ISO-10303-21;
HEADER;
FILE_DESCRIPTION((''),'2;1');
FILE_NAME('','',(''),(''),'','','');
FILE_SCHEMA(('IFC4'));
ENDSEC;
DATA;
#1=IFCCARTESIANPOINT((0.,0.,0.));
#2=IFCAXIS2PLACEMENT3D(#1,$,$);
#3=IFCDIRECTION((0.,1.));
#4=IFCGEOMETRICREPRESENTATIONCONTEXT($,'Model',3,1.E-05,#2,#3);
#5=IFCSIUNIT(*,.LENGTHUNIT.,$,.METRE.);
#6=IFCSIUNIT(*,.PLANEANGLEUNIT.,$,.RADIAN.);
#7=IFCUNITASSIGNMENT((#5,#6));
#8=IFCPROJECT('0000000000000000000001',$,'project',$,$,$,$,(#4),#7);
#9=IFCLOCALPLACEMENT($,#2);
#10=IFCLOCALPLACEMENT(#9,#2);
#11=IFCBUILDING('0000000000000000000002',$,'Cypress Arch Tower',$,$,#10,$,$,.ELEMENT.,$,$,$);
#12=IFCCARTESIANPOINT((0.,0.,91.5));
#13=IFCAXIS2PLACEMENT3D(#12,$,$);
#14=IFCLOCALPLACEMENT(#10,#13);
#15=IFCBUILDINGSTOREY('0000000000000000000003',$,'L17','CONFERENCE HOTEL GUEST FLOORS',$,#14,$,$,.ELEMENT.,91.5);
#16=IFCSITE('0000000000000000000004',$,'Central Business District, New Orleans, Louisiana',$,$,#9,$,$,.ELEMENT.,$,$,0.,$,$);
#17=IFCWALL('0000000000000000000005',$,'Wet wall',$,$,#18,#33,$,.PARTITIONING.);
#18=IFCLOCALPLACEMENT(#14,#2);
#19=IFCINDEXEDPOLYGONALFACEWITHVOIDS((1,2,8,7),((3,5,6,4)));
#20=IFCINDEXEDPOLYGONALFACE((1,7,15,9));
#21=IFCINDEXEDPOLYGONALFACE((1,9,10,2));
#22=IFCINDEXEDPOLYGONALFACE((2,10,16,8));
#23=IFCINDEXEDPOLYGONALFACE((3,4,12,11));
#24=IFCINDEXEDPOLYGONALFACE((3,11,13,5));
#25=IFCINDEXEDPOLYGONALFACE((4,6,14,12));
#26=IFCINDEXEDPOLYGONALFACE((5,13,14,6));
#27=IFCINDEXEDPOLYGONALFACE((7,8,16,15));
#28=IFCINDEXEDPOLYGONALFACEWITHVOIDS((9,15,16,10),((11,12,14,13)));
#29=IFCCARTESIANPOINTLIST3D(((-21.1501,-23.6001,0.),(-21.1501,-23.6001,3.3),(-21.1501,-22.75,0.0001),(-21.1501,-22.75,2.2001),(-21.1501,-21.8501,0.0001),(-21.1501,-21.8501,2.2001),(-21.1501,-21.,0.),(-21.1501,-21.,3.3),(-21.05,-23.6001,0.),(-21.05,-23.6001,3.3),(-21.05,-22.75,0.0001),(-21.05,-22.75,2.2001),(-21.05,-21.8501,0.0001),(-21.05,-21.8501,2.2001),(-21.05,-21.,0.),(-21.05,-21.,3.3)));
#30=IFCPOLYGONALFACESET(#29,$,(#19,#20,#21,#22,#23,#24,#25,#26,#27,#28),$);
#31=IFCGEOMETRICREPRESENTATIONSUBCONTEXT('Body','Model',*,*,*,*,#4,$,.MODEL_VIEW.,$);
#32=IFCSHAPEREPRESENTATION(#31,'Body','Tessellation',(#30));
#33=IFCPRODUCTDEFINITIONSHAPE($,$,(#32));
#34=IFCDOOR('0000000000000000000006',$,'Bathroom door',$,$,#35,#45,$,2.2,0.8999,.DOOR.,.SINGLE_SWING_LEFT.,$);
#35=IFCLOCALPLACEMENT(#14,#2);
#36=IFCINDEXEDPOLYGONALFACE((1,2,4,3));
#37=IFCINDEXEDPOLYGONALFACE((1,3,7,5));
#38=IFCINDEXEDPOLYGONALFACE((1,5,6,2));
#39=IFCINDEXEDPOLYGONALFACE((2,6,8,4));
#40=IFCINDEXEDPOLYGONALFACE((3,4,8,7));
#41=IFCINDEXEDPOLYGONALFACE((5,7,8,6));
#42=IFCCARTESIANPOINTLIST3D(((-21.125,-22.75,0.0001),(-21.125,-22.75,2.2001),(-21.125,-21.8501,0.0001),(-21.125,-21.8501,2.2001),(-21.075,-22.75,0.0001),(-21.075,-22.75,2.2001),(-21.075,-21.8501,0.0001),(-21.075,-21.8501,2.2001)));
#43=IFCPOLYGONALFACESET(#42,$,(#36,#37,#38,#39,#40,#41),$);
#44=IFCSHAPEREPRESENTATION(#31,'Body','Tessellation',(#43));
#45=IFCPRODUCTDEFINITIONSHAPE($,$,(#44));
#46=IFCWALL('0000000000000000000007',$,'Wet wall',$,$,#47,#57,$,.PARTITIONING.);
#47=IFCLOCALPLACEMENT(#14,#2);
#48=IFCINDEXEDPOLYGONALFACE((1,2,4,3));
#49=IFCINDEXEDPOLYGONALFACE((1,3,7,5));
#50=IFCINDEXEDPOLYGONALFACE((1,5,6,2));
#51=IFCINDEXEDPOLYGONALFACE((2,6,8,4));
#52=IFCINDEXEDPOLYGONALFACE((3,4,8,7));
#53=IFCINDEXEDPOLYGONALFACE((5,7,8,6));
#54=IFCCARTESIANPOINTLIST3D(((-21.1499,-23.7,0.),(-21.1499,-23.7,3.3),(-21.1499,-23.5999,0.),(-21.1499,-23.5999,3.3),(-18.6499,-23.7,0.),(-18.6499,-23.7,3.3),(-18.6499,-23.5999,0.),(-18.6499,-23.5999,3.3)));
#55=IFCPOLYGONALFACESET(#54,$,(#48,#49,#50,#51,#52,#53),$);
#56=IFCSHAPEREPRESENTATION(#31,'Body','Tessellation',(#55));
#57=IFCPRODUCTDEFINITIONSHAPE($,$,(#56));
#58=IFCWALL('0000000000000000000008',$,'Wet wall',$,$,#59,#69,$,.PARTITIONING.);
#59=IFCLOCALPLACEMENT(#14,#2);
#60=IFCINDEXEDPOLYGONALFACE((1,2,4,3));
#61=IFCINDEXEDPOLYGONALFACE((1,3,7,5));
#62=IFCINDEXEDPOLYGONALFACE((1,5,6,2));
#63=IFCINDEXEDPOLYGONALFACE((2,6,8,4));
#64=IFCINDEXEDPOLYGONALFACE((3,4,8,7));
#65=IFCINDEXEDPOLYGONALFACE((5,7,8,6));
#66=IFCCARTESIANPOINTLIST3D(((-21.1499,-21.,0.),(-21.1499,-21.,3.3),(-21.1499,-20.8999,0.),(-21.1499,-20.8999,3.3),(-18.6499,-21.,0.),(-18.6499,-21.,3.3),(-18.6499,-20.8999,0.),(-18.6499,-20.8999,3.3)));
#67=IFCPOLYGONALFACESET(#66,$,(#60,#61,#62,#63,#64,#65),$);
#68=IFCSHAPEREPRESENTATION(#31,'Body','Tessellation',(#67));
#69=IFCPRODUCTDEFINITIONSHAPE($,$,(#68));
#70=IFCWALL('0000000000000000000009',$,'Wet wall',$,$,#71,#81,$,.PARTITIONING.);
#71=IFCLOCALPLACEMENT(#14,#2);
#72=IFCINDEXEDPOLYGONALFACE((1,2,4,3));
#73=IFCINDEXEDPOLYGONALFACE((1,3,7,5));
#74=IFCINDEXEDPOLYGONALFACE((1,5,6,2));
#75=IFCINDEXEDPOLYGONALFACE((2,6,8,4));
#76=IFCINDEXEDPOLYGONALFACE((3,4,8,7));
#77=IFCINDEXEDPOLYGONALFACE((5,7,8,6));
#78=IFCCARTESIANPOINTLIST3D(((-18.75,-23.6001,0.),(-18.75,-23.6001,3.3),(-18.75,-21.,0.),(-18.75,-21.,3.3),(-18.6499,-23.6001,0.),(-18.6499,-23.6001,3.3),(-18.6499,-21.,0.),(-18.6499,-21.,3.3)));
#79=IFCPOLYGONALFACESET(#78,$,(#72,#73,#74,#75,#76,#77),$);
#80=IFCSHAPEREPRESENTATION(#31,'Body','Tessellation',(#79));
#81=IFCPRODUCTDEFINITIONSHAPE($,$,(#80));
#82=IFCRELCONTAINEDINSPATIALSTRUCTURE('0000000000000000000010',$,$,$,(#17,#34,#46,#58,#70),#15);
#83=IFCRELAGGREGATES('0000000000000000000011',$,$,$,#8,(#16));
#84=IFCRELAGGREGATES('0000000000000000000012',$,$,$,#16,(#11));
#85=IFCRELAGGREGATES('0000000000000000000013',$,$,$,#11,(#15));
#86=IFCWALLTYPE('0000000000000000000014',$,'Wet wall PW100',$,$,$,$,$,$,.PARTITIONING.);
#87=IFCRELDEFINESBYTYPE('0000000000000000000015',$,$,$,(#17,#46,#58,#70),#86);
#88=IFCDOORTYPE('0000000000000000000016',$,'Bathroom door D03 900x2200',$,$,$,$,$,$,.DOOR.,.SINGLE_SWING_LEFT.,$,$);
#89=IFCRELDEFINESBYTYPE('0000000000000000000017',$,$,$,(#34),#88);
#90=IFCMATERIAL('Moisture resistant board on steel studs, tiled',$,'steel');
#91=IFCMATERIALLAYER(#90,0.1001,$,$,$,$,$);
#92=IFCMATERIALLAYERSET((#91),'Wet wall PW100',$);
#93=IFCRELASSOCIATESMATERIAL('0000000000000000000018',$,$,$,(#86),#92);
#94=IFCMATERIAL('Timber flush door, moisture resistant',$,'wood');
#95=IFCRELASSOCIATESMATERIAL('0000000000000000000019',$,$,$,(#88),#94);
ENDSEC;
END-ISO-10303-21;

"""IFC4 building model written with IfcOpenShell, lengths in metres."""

from ifc_helpers import new_model, si_unit, direction, frame, frame_2d, origin, place, context, subcontext, project, spatial, rectangle, extrude, material, layer, layer_set, type_object, element, fill, save


model = new_model("IFC4")

# Units and contexts
model_context = context("Model", 3, precision=1e-05, world=origin(), true_north=direction((0.0, 1.0)))
body_context = subcontext(model_context, "Body", "Model", "MODEL_VIEW")
ifc_project = project(units=[si_unit("LENGTHUNIT", "METRE"), si_unit("PLANEANGLEUNIT", "RADIAN")], contexts=[model_context])

# Site, building, storey
site_placement = place(None, origin())
site = spatial("IfcSite", under=ifc_project, at=site_placement, Name="Central Business District, New Orleans, Louisiana", CompositionType="ELEMENT", RefElevation=0.0)
building_placement = place(site_placement, origin())
building = spatial("IfcBuilding", under=site, at=building_placement, Name="Cypress Arch Tower", CompositionType="ELEMENT")
storey_placement = place(building_placement, frame((0.0, 0.0, 91.5)))
storey = spatial("IfcBuildingStorey", under=building, at=storey_placement, Name="L17", Description="CONFERENCE HOTEL GUEST FLOORS", CompositionType="ELEMENT", Elevation=91.5)

# Wall, opening, door
ifc_material_1 = material(Name="Moisture resistant board on steel studs, tiled", Category="steel")
ifc_layer_1 = layer(ifc_material_1, 0.1001)
ifc_layer_set_1 = layer_set([ifc_layer_1], Name="Wet wall PW100")
wall_type_1 = type_object("IfcWallType", Name="Wet wall PW100", PredefinedType="PARTITIONING", material=ifc_layer_set_1)
wall_1_placement = place(storey_placement, frame((-21.1001, -23.6001, 0.0), z_axis=(0.0, 0.0, 1.0), x_axis=(0.0, 1.0, 0.0)))
wall_1 = element("IfcWall", 1, at=wall_1_placement, inside=storey, type_object=wall_type_1, Name="Wet wall", PredefinedType="PARTITIONING", context=body_context, shape_type="SweptSolid", body=[
    extrude(rectangle(XDim=2.6001, YDim=0.1001, at=frame_2d((1.3, 0.0))), origin(), (0.0, 0.0, 1.0), 3.3),
])
opening_1_placement = place(wall_1_placement, frame((0.8501, 0.0, 0.0)))
opening_1 = element("IfcOpeningElement", 2, at=opening_1_placement, cuts=wall_1, PredefinedType="OPENING", context=body_context, shape_type="SweptSolid", body=[
    extrude(rectangle(XDim=0.8999, YDim=2.2, at=frame_2d((0.45, 1.1001))), frame((0.0, 0.0601, 0.0), z_axis=(0.0, -1.0, 0.0), x_axis=(1.0, 0.0, 0.0)), (0.0, 0.0, 1.0), 0.1201),
])
ifc_material_2 = material(Name="Timber flush door, moisture resistant", Category="wood")
door_type_1 = type_object("IfcDoorType", Name="Bathroom door D03 900x2200", OperationType="SINGLE_SWING_LEFT", PredefinedType="DOOR", material=ifc_material_2)
door_1_placement = place(opening_1_placement, origin())
door_1 = element("IfcDoor", 3, at=door_1_placement, inside=storey, type_object=door_type_1, Name="Bathroom door", OperationType="SINGLE_SWING_LEFT", OverallHeight=2.2, OverallWidth=0.8999, PredefinedType="DOOR", context=body_context, shape_type="SweptSolid", body=[
    extrude(rectangle(XDim=0.8999, YDim=2.2, at=frame_2d((0.45, 1.1001))), frame((0.0, 0.0249, 0.0), z_axis=(0.0, -1.0, 0.0), x_axis=(1.0, 0.0, 0.0)), (0.0, 0.0, 1.0), 0.05),
])
fill(opening_1, door_1)

# Walls
for number, where, z_axis, x_axis, name in (
    (4, (-21.1499, -23.6499, 0.0), (0.0, 0.0, 1.0), (1.0, 0.0, 0.0), "Wet wall"),
    (5, (-21.1499, -20.95, 0.0), (0.0, 0.0, 1.0), (1.0, 0.0, 0.0), "Wet wall"),
):
    element("IfcWall", number, at=place(storey_placement, frame(where, z_axis=z_axis, x_axis=x_axis)), inside=storey, type_object=wall_type_1, Name=name, PredefinedType="PARTITIONING", context=body_context, shape_type="SweptSolid", body=[
        extrude(rectangle(XDim=2.5, YDim=0.1001, at=frame_2d((1.25, 0.0))), origin(), (0.0, 0.0, 1.0), 3.3),
    ])
wall_2_placement = place(storey_placement, frame((-18.7, -23.6001, 0.0), z_axis=(0.0, 0.0, 1.0), x_axis=(0.0, 1.0, 0.0)))
element("IfcWall", 6, at=wall_2_placement, inside=storey, type_object=wall_type_1, Name="Wet wall", PredefinedType="PARTITIONING", context=body_context, shape_type="SweptSolid", body=[
    extrude(rectangle(XDim=2.6001, YDim=0.1001, at=frame_2d((1.3, 0.0))), origin(), (0.0, 0.0, 1.0), 3.3),
])

save(model, "model.ifc")
